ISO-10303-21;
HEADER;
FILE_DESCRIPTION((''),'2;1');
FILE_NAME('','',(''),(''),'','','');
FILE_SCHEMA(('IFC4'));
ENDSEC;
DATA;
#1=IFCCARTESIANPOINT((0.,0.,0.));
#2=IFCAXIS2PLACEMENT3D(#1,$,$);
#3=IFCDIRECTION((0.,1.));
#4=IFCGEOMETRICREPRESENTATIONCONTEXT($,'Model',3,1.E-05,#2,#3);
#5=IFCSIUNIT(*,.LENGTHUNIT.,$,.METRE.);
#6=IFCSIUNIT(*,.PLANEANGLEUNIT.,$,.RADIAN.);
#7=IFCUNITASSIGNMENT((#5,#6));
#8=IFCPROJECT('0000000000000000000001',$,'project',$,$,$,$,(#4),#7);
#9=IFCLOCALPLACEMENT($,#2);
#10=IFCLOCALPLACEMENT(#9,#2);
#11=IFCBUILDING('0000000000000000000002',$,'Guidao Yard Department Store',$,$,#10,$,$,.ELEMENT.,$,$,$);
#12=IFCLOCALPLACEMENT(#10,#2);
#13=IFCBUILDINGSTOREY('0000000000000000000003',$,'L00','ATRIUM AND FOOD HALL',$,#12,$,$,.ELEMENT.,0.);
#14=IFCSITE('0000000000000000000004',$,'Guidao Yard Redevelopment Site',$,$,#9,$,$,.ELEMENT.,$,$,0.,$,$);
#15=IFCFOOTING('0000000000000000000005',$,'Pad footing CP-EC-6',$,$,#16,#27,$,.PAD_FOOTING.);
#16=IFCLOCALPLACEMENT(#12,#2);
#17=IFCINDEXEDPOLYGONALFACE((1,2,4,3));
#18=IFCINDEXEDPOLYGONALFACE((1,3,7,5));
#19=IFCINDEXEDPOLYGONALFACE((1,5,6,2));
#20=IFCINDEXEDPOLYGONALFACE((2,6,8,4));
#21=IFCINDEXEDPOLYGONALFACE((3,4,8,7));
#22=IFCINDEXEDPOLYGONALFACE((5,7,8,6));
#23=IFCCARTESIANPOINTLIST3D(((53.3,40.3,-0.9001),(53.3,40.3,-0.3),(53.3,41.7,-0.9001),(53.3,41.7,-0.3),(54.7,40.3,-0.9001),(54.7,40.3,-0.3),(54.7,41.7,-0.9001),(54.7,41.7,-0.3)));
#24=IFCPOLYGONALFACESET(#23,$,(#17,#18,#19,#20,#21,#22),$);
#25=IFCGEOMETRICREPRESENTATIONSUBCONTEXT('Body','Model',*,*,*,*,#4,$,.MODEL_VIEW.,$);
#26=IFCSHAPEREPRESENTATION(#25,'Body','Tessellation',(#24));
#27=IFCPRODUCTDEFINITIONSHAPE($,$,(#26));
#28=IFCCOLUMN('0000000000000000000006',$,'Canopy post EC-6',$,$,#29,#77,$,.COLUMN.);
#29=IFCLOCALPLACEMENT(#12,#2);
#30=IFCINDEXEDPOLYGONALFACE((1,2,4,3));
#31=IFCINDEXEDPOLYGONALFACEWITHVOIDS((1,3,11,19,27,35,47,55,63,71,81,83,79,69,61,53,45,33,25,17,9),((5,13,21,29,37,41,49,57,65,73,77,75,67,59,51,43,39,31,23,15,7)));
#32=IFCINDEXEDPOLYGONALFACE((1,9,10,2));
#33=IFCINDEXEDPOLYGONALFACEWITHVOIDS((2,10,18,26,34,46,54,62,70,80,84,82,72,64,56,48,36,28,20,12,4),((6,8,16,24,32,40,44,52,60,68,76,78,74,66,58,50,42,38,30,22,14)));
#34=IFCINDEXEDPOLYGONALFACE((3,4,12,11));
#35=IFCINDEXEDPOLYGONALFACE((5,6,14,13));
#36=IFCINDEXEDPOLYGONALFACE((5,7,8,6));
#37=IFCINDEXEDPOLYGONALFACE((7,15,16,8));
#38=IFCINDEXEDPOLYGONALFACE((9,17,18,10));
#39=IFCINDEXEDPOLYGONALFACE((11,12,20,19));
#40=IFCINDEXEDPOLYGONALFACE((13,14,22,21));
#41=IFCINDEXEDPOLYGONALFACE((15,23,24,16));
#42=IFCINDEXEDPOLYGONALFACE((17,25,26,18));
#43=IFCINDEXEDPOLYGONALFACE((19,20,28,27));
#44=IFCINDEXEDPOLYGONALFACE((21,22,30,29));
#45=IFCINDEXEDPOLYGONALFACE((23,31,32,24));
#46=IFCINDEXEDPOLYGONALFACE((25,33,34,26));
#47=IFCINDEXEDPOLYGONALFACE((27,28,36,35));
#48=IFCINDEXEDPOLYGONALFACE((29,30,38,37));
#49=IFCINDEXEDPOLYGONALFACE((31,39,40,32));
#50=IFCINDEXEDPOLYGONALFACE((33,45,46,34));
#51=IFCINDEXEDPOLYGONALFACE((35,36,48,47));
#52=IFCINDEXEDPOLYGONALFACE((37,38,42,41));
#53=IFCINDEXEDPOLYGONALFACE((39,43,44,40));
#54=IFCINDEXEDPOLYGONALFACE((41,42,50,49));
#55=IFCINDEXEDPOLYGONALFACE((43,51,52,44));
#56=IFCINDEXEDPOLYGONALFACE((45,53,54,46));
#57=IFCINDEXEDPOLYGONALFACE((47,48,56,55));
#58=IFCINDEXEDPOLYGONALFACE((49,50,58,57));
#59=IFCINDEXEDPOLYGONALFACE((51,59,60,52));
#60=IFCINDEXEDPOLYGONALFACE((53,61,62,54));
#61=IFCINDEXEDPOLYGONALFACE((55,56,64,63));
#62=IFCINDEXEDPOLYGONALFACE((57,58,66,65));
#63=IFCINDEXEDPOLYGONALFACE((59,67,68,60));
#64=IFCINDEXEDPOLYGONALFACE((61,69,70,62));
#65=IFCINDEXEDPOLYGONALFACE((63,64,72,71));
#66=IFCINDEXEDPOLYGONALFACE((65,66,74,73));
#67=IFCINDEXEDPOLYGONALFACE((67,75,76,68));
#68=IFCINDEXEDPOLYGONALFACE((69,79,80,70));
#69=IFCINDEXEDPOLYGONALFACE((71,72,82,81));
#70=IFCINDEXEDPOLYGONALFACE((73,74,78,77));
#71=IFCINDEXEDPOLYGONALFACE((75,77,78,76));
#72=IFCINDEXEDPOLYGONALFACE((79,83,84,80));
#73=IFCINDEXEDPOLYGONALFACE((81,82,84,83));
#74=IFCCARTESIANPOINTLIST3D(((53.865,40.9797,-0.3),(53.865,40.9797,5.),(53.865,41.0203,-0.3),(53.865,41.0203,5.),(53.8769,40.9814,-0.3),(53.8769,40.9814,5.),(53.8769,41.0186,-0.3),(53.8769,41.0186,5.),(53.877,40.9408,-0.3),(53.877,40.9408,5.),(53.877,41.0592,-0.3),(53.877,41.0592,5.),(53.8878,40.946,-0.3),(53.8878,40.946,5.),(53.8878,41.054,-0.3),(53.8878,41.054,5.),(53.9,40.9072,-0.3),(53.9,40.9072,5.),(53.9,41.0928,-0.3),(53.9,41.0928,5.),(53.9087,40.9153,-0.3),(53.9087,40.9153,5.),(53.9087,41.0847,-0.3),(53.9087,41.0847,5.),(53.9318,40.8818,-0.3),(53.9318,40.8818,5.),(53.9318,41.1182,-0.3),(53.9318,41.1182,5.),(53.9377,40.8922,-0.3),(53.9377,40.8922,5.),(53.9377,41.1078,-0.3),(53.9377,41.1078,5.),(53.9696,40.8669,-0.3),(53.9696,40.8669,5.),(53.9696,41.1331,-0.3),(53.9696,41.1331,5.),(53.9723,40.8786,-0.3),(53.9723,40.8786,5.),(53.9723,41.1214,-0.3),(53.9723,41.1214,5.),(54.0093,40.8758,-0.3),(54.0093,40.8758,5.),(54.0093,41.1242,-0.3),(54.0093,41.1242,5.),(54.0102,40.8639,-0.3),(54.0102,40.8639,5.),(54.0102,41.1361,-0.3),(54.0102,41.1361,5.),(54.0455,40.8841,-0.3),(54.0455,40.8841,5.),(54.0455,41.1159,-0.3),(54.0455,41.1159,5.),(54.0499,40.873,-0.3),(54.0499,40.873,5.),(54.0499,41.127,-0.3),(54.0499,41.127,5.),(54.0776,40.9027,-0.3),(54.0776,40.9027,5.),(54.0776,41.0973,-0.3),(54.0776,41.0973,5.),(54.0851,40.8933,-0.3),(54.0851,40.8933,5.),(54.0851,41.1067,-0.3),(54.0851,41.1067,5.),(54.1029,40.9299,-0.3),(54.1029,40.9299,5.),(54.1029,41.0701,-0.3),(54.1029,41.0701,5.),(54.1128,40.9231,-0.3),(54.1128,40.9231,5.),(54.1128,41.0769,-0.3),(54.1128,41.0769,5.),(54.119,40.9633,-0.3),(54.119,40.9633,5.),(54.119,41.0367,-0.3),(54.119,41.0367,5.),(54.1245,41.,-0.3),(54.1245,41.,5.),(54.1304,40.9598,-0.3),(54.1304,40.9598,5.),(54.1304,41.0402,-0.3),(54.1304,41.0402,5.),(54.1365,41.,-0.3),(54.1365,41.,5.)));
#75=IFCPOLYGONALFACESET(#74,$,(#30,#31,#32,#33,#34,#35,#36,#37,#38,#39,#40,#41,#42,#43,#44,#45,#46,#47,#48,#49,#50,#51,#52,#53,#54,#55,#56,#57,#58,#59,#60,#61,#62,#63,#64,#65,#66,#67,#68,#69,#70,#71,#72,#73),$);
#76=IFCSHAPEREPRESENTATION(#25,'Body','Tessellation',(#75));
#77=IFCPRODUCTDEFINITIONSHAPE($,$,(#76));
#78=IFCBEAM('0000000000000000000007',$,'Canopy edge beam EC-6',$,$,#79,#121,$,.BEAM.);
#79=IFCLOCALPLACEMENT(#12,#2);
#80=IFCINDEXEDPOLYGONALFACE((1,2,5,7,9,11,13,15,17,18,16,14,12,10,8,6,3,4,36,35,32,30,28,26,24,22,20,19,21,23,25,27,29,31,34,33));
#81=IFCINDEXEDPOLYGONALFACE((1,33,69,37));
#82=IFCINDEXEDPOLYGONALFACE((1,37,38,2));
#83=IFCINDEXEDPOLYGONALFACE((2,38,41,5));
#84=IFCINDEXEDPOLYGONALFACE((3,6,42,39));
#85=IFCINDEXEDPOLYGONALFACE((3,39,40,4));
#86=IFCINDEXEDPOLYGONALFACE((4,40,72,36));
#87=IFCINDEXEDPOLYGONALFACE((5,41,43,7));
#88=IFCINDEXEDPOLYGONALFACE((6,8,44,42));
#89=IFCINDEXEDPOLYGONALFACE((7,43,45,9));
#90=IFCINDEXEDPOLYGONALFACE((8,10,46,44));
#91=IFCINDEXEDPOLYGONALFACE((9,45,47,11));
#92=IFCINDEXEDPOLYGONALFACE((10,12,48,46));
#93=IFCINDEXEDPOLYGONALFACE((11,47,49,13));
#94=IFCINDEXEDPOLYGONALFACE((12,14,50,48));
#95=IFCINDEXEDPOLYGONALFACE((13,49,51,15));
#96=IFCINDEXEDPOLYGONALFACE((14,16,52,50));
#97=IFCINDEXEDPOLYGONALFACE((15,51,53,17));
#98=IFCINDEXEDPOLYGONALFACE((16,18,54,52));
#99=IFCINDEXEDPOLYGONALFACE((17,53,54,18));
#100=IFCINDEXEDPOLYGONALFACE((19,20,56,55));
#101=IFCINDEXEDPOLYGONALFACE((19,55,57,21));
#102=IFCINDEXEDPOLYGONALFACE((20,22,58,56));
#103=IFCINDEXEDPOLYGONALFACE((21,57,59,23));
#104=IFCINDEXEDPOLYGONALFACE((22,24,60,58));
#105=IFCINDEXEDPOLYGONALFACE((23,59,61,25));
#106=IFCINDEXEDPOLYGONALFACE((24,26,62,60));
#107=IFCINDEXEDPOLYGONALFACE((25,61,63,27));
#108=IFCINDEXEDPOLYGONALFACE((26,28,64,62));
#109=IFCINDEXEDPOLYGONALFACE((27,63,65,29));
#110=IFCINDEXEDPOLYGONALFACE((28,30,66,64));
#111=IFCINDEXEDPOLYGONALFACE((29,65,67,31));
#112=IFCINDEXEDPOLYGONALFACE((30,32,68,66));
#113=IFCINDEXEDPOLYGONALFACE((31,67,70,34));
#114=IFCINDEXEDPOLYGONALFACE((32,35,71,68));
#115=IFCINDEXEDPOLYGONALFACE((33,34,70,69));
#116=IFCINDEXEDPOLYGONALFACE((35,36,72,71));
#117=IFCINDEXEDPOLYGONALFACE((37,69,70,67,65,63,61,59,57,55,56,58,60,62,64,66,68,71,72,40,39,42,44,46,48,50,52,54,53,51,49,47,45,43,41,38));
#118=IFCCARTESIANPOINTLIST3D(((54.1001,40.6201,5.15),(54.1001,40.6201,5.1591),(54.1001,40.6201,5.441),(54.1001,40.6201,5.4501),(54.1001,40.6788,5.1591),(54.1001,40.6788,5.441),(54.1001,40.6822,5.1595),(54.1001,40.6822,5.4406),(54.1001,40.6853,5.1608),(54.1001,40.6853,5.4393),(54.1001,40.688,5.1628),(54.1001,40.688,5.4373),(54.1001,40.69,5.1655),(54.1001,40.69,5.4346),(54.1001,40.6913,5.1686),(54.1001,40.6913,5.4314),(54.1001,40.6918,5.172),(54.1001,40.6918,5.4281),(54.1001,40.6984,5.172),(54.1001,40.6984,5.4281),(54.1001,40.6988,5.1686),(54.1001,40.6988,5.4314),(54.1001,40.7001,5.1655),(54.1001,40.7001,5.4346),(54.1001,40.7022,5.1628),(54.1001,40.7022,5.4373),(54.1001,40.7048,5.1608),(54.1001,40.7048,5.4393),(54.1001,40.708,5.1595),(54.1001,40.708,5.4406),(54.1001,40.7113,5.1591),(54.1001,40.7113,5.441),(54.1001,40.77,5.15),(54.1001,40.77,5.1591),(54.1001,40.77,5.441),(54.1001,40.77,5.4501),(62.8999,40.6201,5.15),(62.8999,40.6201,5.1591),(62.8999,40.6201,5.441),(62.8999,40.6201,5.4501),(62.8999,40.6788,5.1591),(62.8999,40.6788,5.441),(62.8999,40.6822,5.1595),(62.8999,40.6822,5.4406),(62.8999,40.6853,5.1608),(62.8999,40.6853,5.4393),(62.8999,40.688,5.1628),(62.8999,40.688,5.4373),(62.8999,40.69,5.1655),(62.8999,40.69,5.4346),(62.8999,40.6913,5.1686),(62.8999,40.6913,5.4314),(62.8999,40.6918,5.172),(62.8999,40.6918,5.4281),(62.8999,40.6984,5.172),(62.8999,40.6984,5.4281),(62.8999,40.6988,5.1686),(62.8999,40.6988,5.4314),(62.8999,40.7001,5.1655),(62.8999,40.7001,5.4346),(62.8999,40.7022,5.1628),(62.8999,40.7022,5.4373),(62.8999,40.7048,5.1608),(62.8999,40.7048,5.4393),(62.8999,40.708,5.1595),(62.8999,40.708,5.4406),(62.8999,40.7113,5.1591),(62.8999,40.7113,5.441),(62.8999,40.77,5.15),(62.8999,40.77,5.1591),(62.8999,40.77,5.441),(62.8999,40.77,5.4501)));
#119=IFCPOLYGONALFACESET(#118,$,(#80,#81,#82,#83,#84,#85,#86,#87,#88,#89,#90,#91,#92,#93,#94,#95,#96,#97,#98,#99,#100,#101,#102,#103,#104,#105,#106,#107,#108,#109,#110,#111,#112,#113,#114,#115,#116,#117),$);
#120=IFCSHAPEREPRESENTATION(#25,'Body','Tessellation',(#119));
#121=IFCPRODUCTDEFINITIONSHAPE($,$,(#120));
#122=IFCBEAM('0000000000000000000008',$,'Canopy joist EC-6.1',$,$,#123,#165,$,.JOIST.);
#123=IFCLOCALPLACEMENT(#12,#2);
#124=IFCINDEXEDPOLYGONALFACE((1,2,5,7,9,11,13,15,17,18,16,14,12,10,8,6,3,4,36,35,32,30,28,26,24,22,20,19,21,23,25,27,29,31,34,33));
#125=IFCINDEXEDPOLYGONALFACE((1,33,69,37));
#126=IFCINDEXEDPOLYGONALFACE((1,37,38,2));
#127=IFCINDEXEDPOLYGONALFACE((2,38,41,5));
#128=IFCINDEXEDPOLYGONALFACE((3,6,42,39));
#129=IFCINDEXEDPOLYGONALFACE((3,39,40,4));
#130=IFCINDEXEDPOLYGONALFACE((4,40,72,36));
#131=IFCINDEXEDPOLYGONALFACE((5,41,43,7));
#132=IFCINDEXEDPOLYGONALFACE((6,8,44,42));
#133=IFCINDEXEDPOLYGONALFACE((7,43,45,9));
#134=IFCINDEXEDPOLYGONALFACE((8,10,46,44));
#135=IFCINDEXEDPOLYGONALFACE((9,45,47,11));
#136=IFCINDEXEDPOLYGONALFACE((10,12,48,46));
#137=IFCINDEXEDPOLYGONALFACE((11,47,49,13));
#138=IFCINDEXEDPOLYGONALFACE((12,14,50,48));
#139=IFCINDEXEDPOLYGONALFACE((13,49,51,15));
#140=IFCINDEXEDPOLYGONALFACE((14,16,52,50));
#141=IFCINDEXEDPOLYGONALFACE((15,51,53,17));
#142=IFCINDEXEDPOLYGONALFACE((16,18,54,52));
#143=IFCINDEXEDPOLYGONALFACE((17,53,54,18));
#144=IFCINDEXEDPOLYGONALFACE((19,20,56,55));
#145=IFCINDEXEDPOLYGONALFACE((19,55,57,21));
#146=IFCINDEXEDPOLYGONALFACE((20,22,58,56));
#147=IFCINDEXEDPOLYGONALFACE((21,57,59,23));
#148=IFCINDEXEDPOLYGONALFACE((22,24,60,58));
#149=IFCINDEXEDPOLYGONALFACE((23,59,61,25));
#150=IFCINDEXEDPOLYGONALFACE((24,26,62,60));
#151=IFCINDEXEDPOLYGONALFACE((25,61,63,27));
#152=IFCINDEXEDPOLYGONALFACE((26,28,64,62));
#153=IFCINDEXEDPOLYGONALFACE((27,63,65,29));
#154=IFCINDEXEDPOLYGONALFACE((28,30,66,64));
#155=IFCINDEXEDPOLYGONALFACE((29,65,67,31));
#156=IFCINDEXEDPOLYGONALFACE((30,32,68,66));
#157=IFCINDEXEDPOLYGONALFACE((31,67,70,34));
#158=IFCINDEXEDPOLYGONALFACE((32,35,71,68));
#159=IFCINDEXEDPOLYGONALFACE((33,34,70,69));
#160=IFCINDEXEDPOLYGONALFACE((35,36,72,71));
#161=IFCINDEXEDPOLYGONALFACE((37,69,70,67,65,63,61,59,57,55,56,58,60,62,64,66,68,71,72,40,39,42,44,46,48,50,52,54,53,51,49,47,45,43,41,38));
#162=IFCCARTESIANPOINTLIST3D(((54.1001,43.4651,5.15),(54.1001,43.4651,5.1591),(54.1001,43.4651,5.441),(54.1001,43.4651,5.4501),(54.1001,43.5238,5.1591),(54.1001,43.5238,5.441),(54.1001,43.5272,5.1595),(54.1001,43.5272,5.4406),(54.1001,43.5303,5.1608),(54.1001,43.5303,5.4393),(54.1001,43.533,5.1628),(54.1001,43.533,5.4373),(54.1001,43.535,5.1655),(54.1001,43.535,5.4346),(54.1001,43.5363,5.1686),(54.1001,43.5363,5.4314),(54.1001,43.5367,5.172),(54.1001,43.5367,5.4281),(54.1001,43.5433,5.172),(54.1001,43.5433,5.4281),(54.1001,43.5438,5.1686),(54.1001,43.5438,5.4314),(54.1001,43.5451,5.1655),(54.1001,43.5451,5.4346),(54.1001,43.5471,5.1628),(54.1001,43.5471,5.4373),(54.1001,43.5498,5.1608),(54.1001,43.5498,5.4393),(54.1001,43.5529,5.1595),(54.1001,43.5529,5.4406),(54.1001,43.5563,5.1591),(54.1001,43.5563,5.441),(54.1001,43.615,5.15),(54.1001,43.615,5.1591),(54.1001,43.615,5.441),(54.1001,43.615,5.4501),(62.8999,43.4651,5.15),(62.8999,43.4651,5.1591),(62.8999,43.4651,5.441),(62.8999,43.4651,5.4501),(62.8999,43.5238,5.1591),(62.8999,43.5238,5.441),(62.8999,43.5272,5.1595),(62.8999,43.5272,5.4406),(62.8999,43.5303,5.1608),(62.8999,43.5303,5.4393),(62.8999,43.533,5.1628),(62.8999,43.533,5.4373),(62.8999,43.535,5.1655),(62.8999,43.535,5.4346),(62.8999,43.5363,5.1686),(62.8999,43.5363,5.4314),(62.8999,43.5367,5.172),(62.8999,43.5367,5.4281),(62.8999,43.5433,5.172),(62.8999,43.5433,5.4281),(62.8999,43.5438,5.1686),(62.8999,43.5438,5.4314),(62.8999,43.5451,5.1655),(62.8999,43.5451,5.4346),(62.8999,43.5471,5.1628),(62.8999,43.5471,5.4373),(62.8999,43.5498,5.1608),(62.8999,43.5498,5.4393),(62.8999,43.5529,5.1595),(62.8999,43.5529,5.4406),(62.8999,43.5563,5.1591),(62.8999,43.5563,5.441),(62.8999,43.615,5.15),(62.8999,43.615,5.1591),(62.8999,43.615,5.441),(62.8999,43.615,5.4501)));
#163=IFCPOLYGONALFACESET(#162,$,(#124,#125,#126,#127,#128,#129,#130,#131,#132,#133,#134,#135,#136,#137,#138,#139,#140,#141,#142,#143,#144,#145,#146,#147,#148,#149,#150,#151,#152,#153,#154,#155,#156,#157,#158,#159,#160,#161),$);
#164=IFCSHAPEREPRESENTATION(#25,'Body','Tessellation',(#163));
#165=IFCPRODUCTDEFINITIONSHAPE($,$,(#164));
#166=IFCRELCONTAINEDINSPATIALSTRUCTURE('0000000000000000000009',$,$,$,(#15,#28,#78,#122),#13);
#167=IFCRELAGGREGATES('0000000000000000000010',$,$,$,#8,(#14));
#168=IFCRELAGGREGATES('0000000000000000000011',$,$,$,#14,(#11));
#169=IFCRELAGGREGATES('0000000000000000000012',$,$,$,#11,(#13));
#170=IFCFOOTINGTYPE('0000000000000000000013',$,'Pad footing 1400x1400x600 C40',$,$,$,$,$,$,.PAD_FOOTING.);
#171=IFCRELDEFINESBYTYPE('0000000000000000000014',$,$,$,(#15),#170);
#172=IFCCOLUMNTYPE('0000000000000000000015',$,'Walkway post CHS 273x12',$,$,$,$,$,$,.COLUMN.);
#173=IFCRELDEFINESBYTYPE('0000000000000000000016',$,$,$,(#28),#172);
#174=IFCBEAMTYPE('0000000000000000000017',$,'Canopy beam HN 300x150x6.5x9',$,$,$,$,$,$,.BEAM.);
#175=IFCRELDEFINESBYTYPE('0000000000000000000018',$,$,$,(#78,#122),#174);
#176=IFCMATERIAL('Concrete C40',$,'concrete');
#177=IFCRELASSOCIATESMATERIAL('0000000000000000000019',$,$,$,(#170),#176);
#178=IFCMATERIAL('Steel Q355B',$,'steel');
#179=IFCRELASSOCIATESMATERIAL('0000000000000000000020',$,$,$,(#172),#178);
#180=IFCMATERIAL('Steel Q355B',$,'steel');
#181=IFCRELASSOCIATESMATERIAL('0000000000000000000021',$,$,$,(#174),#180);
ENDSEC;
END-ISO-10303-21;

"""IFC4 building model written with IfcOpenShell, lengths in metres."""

from ifc_helpers import new_model, si_unit, direction, frame, origin, origin_2d, place, context, subcontext, project, spatial, rectangle, hollow_circle, i_section, extrude, material, material_profile, profile_set, type_object, element, save


model = new_model("IFC4")

# Units and contexts
model_context = context("Model", 3, precision=1e-05, world=origin(), true_north=direction((0.0, 1.0)))
body_context = subcontext(model_context, "Body", "Model", "MODEL_VIEW")
ifc_project = project(units=[si_unit("LENGTHUNIT", "METRE"), si_unit("PLANEANGLEUNIT", "RADIAN")], contexts=[model_context])

# Site, building, storey
site_placement = place(None, origin())
site = spatial("IfcSite", under=ifc_project, at=site_placement, Name="Guidao Yard Redevelopment Site", CompositionType="ELEMENT", RefElevation=0.0)
building_placement = place(site_placement, origin())
building = spatial("IfcBuilding", under=site, at=building_placement, Name="Guidao Yard Department Store", CompositionType="ELEMENT")
storey_placement = place(building_placement, origin())
storey = spatial("IfcBuildingStorey", under=building, at=storey_placement, Name="L00", Description="ATRIUM AND FOOD HALL", CompositionType="ELEMENT", Elevation=0.0)

# Footing
ifc_material_1 = material(Name="Concrete C40", Category="concrete")
footing_type = type_object("IfcFootingType", Name="Pad footing 1400x1400x600 C40", PredefinedType="PAD_FOOTING", material=ifc_material_1)
footing_placement = place(storey_placement, frame((54.0, 41.0, -0.9001), z_axis=(0.0, 0.0, 1.0), x_axis=(1.0, 0.0, 0.0)))
element("IfcFooting", 1, at=footing_placement, inside=storey, type_object=footing_type, Name="Pad footing CP-EC-6", PredefinedType="PAD_FOOTING", context=body_context, shape_type="SweptSolid", body=[
    extrude(rectangle(XDim=1.3999, YDim=1.3999, at=origin_2d()), origin(), (0.0, 0.0, 1.0), 0.6001),
])

# Column
ifc_material_2 = material(Name="Steel Q355B", Category="steel")
ifc_material_profile_1 = material_profile(ifc_material_2, hollow_circle(Radius=0.1365, WallThickness=0.012, at=origin_2d()), Name="CHS 273x12")
ifc_profile_set_1 = profile_set([ifc_material_profile_1], Name="Steel Q355B")
column_type = type_object("IfcColumnType", Name="Walkway post CHS 273x12", PredefinedType="COLUMN", material=ifc_profile_set_1)
column_placement = place(storey_placement, frame((54.0, 41.0, -0.3), z_axis=(0.0, 0.0, 1.0), x_axis=(1.0, 0.0, 0.0)))
element("IfcColumn", 2, at=column_placement, inside=storey, type_object=column_type, Name="Canopy post EC-6", PredefinedType="COLUMN", context=body_context, shape_type="SweptSolid", body=[
    extrude(hollow_circle(Radius=0.1365, WallThickness=0.012, at=origin_2d()), origin(), (0.0, 0.0, 1.0), 5.3),
])

# Beams
ifc_material_3 = material(Name="Steel Q355B", Category="steel")
ifc_material_profile_2 = material_profile(ifc_material_3, i_section(OverallWidth=0.1499, OverallDepth=0.3, WebThickness=0.0066, FlangeThickness=0.009, FilletRadius=0.0129, at=origin_2d()), Name="HN 300x150x6.5x9")
ifc_profile_set_2 = profile_set([ifc_material_profile_2], Name="Steel Q355B")
beam_type_1 = type_object("IfcBeamType", Name="Canopy beam HN 300x150x6.5x9", PredefinedType="BEAM", material=ifc_profile_set_2)
beam_1_placement = place(storey_placement, frame((54.1001, 40.6951, 5.3), z_axis=(1.0, 0.0, 0.0), x_axis=(0.0, 1.0, 0.0)))
element("IfcBeam", 3, at=beam_1_placement, inside=storey, type_object=beam_type_1, Name="Canopy edge beam EC-6", PredefinedType="BEAM", context=body_context, shape_type="SweptSolid", body=[
    extrude(i_section(OverallWidth=0.1499, OverallDepth=0.3, WebThickness=0.0066, FlangeThickness=0.009, FilletRadius=0.0129, at=origin_2d()), origin(), (0.0, 0.0, 1.0), 8.7998),
])
for number, where, z_axis, x_axis, name in (
    (4, (54.1001, 43.54, 5.3), (1.0, 0.0, 0.0), (0.0, 1.0, 0.0), "Canopy joist EC-6.1"),
):
    element("IfcBeam", number, at=place(storey_placement, frame(where, z_axis=z_axis, x_axis=x_axis)), inside=storey, type_object=beam_type_1, Name=name, PredefinedType="JOIST", context=body_context, shape_type="SweptSolid", body=[
        extrude(i_section(OverallWidth=0.1499, OverallDepth=0.3, WebThickness=0.0066, FlangeThickness=0.009, FilletRadius=0.0129, at=origin_2d()), origin(), (0.0, 0.0, 1.0), 8.7998),
    ])

save(model, "model.ifc")
